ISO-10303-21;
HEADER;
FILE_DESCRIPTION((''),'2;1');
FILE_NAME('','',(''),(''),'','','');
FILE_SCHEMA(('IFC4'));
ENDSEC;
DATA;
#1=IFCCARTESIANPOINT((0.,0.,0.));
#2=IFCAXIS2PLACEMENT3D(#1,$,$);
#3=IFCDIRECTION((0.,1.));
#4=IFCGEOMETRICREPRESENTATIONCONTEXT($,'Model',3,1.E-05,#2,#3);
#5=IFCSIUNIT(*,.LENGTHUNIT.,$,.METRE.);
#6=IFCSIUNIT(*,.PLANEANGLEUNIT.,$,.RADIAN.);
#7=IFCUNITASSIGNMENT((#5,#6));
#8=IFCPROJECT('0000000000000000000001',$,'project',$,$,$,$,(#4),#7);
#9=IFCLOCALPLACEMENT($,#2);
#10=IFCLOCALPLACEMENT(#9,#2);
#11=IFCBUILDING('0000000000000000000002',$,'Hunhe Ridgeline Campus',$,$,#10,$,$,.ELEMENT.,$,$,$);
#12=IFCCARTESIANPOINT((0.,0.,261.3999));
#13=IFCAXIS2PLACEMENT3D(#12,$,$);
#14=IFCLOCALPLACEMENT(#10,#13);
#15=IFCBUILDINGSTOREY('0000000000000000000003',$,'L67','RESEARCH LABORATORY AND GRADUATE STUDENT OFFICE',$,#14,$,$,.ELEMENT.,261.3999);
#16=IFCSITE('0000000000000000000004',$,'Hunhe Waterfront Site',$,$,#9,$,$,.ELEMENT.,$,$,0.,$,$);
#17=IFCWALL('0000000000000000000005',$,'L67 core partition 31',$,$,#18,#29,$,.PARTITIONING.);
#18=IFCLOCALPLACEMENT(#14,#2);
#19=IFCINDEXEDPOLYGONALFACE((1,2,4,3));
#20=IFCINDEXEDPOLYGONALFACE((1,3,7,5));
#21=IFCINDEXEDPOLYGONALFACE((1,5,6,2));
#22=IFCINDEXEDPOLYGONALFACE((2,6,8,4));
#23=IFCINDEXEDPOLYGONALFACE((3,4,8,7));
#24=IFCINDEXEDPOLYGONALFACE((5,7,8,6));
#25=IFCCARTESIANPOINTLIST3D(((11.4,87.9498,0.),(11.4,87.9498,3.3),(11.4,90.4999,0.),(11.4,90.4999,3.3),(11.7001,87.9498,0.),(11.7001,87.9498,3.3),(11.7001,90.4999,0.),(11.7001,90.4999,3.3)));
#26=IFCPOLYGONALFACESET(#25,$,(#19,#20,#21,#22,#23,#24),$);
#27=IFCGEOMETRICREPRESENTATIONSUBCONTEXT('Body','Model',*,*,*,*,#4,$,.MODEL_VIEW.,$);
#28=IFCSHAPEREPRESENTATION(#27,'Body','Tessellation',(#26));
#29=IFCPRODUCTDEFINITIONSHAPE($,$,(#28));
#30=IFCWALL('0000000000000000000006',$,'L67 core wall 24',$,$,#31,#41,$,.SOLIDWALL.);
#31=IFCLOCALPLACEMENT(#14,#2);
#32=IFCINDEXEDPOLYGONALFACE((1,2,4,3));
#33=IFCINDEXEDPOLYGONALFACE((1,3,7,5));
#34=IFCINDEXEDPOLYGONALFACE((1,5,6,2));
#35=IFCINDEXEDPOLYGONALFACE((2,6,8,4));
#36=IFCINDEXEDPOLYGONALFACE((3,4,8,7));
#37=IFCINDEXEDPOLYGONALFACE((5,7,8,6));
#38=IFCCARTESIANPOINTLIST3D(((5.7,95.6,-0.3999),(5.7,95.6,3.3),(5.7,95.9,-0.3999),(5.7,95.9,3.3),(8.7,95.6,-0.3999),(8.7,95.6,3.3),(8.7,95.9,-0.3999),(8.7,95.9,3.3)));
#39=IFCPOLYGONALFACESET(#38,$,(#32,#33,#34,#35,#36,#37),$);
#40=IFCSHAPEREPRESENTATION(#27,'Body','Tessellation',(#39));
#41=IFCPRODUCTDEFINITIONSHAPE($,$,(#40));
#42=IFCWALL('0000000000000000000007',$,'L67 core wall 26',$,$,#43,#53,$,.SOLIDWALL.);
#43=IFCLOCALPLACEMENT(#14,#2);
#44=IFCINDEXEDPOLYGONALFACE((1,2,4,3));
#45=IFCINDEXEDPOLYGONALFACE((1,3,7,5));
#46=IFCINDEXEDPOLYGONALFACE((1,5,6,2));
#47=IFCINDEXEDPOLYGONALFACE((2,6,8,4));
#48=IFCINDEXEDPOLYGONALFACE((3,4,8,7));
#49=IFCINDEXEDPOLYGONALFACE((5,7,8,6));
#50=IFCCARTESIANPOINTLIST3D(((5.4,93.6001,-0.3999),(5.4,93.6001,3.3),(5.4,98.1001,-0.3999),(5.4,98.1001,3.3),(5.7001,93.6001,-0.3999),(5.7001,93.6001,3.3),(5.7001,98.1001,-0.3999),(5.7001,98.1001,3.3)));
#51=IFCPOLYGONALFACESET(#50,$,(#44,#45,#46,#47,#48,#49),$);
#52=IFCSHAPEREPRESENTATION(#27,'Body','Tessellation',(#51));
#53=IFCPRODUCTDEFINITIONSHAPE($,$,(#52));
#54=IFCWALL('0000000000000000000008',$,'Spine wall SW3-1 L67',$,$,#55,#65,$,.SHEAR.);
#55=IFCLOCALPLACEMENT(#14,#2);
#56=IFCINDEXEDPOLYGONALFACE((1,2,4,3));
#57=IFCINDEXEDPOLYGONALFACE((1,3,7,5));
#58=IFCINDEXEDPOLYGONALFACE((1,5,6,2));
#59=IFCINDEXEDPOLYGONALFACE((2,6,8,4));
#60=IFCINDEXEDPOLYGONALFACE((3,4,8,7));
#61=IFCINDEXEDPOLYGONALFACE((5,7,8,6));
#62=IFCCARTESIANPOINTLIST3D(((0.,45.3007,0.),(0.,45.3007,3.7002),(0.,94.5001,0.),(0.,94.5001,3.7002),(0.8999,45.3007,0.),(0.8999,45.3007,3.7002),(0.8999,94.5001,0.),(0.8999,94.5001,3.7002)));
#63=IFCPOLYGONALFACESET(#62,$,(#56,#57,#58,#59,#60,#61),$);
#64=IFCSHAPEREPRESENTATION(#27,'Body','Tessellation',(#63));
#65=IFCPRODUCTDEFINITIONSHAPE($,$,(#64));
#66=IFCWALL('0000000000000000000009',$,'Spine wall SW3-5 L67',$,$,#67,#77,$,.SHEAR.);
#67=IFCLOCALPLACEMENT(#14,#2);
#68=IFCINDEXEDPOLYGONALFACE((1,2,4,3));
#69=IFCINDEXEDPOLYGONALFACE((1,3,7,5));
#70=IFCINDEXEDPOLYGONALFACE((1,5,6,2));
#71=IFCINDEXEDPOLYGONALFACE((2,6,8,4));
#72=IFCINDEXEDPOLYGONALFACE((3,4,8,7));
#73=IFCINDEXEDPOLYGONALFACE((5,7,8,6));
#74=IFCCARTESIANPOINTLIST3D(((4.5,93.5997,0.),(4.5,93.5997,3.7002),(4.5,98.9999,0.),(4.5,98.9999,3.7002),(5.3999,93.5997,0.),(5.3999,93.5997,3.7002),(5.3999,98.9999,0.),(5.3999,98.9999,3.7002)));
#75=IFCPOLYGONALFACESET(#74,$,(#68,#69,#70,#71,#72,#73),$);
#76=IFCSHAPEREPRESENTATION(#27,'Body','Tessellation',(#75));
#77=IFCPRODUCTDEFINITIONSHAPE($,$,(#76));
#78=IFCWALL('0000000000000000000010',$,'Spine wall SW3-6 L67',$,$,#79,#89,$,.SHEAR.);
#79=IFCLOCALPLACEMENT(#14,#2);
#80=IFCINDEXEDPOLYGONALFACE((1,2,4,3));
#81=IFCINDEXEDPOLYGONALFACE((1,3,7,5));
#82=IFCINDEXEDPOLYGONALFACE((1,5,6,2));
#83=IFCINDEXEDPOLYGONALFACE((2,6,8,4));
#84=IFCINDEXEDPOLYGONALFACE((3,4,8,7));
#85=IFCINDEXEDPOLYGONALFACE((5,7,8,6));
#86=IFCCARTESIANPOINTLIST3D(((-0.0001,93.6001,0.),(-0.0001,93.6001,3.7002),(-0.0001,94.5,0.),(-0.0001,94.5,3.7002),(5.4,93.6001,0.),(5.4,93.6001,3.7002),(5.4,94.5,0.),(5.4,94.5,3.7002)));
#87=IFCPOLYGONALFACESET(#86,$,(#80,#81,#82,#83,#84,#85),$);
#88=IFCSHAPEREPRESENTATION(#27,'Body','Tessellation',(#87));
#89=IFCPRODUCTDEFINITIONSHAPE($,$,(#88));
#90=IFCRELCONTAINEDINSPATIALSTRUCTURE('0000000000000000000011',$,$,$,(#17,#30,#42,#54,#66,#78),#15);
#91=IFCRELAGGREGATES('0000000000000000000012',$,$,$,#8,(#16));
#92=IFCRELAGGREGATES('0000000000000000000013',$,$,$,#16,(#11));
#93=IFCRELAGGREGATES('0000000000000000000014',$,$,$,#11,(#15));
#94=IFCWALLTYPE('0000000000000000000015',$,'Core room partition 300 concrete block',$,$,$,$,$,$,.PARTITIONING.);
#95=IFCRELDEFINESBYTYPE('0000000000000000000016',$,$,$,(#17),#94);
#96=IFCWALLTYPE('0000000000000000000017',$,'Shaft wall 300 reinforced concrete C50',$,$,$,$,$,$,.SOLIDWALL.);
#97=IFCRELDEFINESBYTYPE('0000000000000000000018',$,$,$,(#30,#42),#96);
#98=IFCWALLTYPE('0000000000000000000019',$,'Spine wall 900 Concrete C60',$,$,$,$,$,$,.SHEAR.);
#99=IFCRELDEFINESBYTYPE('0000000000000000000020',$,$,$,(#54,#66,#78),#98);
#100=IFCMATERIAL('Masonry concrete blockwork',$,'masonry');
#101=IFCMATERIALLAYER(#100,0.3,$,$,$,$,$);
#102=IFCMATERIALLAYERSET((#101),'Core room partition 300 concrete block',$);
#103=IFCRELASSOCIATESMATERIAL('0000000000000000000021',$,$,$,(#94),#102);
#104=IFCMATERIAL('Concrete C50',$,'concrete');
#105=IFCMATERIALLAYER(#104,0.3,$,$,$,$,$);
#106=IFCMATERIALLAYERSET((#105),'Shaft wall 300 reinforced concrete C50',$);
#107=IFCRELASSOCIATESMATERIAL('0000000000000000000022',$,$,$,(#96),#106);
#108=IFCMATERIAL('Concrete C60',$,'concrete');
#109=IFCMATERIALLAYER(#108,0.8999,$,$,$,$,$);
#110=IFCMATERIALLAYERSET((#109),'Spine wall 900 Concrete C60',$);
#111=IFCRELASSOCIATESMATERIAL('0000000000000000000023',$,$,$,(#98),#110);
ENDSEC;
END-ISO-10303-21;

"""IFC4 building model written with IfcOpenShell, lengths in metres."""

from ifc_helpers import new_model, si_unit, direction, frame, frame_2d, origin, place, context, subcontext, project, spatial, rectangle, extrude, material, layer, layer_set, type_object, element, save


model = new_model("IFC4")

# Units and contexts
model_context = context("Model", 3, precision=1e-05, world=origin(), true_north=direction((0.0, 1.0)))
body_context = subcontext(model_context, "Body", "Model", "MODEL_VIEW")
ifc_project = project(units=[si_unit("LENGTHUNIT", "METRE"), si_unit("PLANEANGLEUNIT", "RADIAN")], contexts=[model_context])

# Site, building, storey
site_placement = place(None, origin())
site = spatial("IfcSite", under=ifc_project, at=site_placement, Name="Hunhe Waterfront Site", CompositionType="ELEMENT", RefElevation=0.0)
building_placement = place(site_placement, origin())
building = spatial("IfcBuilding", under=site, at=building_placement, Name="Hunhe Ridgeline Campus", CompositionType="ELEMENT")
storey_placement = place(building_placement, frame((0.0, 0.0, 261.3999)))
storey = spatial("IfcBuildingStorey", under=building, at=storey_placement, Name="L67", Description="RESEARCH LABORATORY AND GRADUATE STUDENT OFFICE", CompositionType="ELEMENT", Elevation=261.3999)

# Wall
ifc_material_1 = material(Name="Masonry concrete blockwork", Category="masonry")
ifc_layer_1 = layer(ifc_material_1, 0.3)
ifc_layer_set_1 = layer_set([ifc_layer_1], Name="Core room partition 300 concrete block")
wall_type_1 = type_object("IfcWallType", Name="Core room partition 300 concrete block", PredefinedType="PARTITIONING", material=ifc_layer_set_1)
wall_1_placement = place(storey_placement, frame((11.55, 87.95, 0.0), z_axis=(0.0, 0.0, 1.0), x_axis=(0.0, 1.0, 0.0)))
element("IfcWall", 1, at=wall_1_placement, inside=storey, type_object=wall_type_1, Name="L67 core partition 31", PredefinedType="PARTITIONING", context=body_context, shape_type="SweptSolid", body=[
    extrude(rectangle(XDim=2.55, YDim=0.3, at=frame_2d((1.2749, 0.0))), origin(), (0.0, 0.0, 1.0), 3.3),
])

# Shared definitions
ifc_material_2 = material(Name="Concrete C50", Category="concrete")
ifc_layer_2 = layer(ifc_material_2, 0.3)
ifc_layer_set_2 = layer_set([ifc_layer_2], Name="Shaft wall 300 reinforced concrete C50")
wall_type_2 = type_object("IfcWallType", Name="Shaft wall 300 reinforced concrete C50", PredefinedType="SOLIDWALL", material=ifc_layer_set_2)

# Walls
wall_2_placement = place(storey_placement, frame((5.7, 95.75, -0.3999), z_axis=(0.0, 0.0, 1.0), x_axis=(1.0, 0.0, 0.0)))
element("IfcWall", 2, at=wall_2_placement, inside=storey, type_object=wall_type_2, Name="L67 core wall 24", PredefinedType="SOLIDWALL", context=body_context, shape_type="SweptSolid", body=[
    extrude(rectangle(XDim=3.0, YDim=0.3, at=frame_2d((1.5, 0.0))), origin(), (0.0, 0.0, 1.0), 3.7),
])
wall_3_placement = place(storey_placement, frame((5.55, 93.6001, -0.3999), z_axis=(0.0, 0.0, 1.0), x_axis=(0.0, 1.0, 0.0)))
element("IfcWall", 3, at=wall_3_placement, inside=storey, type_object=wall_type_2, Name="L67 core wall 26", PredefinedType="SOLIDWALL", context=body_context, shape_type="SweptSolid", body=[
    extrude(rectangle(XDim=4.5, YDim=0.3, at=frame_2d((2.25, 0.0))), origin(), (0.0, 0.0, 1.0), 3.7),
])

# Walls
ifc_material_3 = material(Name="Concrete C60", Category="concrete")
ifc_layer_3 = layer(ifc_material_3, 0.8999)
ifc_layer_set_3 = layer_set([ifc_layer_3], Name="Spine wall 900 Concrete C60")
wall_type_3 = type_object("IfcWallType", Name="Spine wall 900 Concrete C60", PredefinedType="SHEAR", material=ifc_layer_set_3)
wall_4_placement = place(storey_placement, frame((0.45, 94.5, 0.0), z_axis=(0.0, 0.0, 1.0), x_axis=(0.0, -1.0, 0.0)))
element("IfcWall", 4, at=wall_4_placement, inside=storey, type_object=wall_type_3, Name="Spine wall SW3-1 L67", PredefinedType="SHEAR", context=body_context, shape_type="SweptSolid", body=[
    extrude(rectangle(XDim=49.1995, YDim=0.8999, at=frame_2d((24.5996, 0.0))), origin(), (0.0, 0.0, 1.0), 3.7002),
])
for number, where, z_axis, x_axis, name in (
    (5, (4.95, 99.0, 0.0), (0.0, 0.0, 1.0), (0.0, -1.0, 0.0), "Spine wall SW3-5 L67"),
    (6, (5.4001, 94.05, 0.0), (0.0, 0.0, 1.0), (-1.0, 0.0, 0.0), "Spine wall SW3-6 L67"),
):
    element("IfcWall", number, at=place(storey_placement, frame(where, z_axis=z_axis, x_axis=x_axis)), inside=storey, type_object=wall_type_3, Name=name, PredefinedType="SHEAR", context=body_context, shape_type="SweptSolid", body=[
        extrude(rectangle(XDim=5.4001, YDim=0.8999, at=frame_2d((2.7002, 0.0))), origin(), (0.0, 0.0, 1.0), 3.7002),
    ])

save(model, "model.ifc")
